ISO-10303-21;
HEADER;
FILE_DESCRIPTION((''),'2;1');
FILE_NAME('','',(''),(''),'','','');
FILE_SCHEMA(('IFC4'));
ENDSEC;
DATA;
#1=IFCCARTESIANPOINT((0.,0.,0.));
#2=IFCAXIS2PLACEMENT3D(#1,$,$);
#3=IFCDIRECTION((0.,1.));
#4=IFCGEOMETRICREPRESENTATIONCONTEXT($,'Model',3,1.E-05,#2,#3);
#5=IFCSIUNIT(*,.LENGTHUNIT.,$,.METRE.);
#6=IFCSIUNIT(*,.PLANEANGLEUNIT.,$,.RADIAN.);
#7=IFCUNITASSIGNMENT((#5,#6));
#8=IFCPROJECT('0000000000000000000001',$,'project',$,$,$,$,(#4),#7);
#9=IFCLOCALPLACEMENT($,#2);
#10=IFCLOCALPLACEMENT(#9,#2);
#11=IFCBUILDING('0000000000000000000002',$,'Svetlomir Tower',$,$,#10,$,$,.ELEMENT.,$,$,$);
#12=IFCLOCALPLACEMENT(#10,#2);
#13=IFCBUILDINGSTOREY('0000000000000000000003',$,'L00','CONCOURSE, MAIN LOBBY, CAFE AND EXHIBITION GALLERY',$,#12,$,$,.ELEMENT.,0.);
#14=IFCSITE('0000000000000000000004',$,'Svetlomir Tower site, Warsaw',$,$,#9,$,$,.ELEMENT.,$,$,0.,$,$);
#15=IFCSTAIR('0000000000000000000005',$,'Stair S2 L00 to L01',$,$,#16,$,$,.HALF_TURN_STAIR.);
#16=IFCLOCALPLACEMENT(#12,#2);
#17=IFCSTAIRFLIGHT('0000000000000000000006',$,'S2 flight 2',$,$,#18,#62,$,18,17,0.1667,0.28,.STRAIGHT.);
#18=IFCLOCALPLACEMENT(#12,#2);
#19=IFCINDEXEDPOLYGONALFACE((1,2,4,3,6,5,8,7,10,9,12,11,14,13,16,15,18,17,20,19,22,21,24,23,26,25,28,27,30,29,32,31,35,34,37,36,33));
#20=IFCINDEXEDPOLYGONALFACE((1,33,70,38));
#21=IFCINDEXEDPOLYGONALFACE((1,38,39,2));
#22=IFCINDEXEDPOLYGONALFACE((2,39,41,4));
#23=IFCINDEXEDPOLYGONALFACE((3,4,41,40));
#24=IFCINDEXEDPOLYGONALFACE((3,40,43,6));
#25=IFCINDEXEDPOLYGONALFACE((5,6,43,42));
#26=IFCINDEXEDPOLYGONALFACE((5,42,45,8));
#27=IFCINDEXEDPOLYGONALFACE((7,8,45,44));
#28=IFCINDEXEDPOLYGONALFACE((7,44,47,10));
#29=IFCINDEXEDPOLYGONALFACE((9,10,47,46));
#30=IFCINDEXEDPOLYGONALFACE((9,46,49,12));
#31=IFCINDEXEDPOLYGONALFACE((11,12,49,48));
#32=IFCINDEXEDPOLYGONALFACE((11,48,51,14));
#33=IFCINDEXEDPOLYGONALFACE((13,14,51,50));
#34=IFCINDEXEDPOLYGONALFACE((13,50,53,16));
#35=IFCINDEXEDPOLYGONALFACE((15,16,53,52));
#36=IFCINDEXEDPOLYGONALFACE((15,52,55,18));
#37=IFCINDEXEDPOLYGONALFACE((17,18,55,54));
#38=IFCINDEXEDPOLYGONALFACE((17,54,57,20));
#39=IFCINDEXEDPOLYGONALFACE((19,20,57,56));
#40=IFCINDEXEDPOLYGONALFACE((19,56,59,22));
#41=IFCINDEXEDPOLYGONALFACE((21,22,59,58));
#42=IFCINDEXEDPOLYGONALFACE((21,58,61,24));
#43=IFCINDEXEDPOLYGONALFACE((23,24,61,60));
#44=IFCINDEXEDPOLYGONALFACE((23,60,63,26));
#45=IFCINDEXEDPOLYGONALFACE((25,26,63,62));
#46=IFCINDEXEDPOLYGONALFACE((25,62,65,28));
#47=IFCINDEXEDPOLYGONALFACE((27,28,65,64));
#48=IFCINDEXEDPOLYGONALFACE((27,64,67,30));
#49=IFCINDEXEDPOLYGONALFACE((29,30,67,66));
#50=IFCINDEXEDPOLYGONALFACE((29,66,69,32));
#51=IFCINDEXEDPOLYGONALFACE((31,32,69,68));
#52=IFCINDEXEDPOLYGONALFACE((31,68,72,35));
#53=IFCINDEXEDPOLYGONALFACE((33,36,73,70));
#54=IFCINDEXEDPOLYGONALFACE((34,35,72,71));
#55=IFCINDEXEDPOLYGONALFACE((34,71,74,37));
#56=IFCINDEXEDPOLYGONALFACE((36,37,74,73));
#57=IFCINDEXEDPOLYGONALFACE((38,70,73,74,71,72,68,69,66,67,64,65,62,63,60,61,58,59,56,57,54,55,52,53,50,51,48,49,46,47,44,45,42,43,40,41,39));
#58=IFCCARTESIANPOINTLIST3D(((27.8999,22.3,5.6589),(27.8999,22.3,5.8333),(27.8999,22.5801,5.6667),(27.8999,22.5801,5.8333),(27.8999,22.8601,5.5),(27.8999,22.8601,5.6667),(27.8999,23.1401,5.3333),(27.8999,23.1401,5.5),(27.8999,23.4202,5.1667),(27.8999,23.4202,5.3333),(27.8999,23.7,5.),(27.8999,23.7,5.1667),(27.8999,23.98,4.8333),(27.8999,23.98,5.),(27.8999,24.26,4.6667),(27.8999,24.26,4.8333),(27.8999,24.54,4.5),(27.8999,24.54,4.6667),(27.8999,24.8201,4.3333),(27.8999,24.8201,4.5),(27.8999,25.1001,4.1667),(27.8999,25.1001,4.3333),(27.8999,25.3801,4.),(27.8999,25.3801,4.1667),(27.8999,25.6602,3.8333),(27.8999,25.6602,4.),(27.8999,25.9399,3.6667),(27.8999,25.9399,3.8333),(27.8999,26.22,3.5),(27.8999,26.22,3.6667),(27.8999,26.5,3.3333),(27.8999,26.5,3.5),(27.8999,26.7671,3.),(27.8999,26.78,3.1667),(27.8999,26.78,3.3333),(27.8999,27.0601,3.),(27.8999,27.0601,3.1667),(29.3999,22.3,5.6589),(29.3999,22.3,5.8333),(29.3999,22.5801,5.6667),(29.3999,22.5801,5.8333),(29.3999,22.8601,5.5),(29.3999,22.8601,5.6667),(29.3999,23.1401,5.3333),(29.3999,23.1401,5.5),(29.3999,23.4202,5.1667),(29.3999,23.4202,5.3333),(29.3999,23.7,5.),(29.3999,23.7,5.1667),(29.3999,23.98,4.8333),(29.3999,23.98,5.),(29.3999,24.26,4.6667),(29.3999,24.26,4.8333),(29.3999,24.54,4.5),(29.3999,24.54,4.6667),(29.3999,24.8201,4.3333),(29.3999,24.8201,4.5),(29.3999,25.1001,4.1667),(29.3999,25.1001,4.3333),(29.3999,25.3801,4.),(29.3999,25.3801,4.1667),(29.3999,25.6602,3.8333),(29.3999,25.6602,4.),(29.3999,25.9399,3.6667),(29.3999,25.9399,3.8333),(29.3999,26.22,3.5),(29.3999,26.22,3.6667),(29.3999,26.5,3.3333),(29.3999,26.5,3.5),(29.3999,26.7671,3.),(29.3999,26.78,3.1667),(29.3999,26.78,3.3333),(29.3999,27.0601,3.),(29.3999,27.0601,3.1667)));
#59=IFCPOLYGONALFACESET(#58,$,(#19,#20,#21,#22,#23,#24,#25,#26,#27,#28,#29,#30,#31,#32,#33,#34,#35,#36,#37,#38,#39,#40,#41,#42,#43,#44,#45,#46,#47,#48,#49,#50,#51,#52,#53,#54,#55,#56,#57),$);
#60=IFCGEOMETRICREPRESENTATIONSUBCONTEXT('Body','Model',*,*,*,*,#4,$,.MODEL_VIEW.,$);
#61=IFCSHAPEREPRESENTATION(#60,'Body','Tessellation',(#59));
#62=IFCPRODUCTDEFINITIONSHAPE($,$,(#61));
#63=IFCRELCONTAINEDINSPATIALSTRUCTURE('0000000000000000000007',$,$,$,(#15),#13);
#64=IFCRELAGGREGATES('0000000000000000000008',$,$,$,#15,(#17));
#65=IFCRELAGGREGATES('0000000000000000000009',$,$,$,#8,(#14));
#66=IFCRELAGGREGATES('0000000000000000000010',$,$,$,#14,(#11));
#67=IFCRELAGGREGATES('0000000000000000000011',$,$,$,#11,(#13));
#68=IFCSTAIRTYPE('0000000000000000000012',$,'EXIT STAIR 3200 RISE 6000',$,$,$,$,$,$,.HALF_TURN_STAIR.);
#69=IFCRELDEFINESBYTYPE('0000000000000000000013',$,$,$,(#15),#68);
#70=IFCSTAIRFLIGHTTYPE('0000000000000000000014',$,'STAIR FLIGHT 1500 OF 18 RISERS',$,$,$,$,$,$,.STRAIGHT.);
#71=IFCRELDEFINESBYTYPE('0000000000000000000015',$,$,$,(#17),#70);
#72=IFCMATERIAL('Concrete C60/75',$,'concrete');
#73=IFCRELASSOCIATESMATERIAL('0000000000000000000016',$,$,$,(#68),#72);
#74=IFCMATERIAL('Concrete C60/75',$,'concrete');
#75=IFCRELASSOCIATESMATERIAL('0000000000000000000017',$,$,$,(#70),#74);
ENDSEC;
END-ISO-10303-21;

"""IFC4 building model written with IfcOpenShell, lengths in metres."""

from ifc_helpers import new_model, si_unit, direction, frame, origin, place, context, subcontext, project, spatial, polyline, outline, extrude, material, type_object, element, aggregate, save


model = new_model("IFC4")

# Units and contexts
model_context = context("Model", 3, precision=1e-05, world=origin(), true_north=direction((0.0, 1.0)))
body_context = subcontext(model_context, "Body", "Model", "MODEL_VIEW")
ifc_project = project(units=[si_unit("LENGTHUNIT", "METRE"), si_unit("PLANEANGLEUNIT", "RADIAN")], contexts=[model_context])

# Site, building, storey
site_placement = place(None, origin())
site = spatial("IfcSite", under=ifc_project, at=site_placement, Name="Svetlomir Tower site, Warsaw", CompositionType="ELEMENT", RefElevation=0.0)
building_placement = place(site_placement, origin())
building = spatial("IfcBuilding", under=site, at=building_placement, Name="Svetlomir Tower", CompositionType="ELEMENT")
storey_placement = place(building_placement, origin())
storey = spatial("IfcBuildingStorey", under=building, at=storey_placement, Name="L00", Description="CONCOURSE, MAIN LOBBY, CAFE AND EXHIBITION GALLERY", CompositionType="ELEMENT", Elevation=0.0)

# Stair, stair flight
ifc_material_1 = material(Name="Concrete C60/75", Category="concrete")
stair_type = type_object("IfcStairType", Name="EXIT STAIR 3200 RISE 6000", PredefinedType="HALF_TURN_STAIR", material=ifc_material_1)
stair_placement = place(storey_placement, origin())
stair = element("IfcStair", 1, at=stair_placement, inside=storey, type_object=stair_type, Name="Stair S2 L00 to L01", PredefinedType="HALF_TURN_STAIR")
ifc_material_2 = material(Name="Concrete C60/75", Category="concrete")
stair_flight_type = type_object("IfcStairFlightType", Name="STAIR FLIGHT 1500 OF 18 RISERS", PredefinedType="STRAIGHT", material=ifc_material_2)
stair_flight_placement = place(storey_placement, frame((28.6499, 27.0601, 3.0), z_axis=(0.0, 0.0, 1.0), x_axis=(0.0, -1.0, 0.0)))
stair_flight = element("IfcStairFlight", 2, at=stair_flight_placement, type_object=stair_flight_type, Name="S2 flight 2", NumberOfRisers=18, NumberOfTreads=17, PredefinedType="STRAIGHT", RiserHeight=0.1667, TreadLength=0.28, context=body_context, shape_type="SweptSolid", body=[
    extrude(outline(polyline([(0.0, 0.0), (0.0, 0.1667), (0.28, 0.1667), (0.28, 0.3333), (0.5601, 0.3333), (0.5601, 0.5), (0.8401, 0.5), (0.8401, 0.6667), (1.1201, 0.6667), (1.1201, 0.8333), (1.3999, 0.8333), (1.3999, 1.0), (1.6799, 1.0), (1.6799, 1.1667), (1.96, 1.1667), (1.96, 1.3333), (2.24, 1.3333), (2.24, 1.5), (2.52, 1.5), (2.52, 1.6667), (2.8, 1.6667), (2.8, 1.8333), (3.0801, 1.8333), (3.0801, 2.0), (3.3601, 2.0), (3.3601, 2.1667), (3.6399, 2.1667), (3.6399, 2.3333), (3.9199, 2.3333), (3.9199, 2.5), (4.2, 2.5), (4.2, 2.6667), (4.48, 2.6667), (4.48, 2.8333), (4.76, 2.8333), (4.76, 3.0), (4.76, 2.6589), (0.293, 0.0), (0.0, 0.0)])), frame((0.0, 0.75, 0.0), z_axis=(0.0, -1.0, 0.0), x_axis=(1.0, 0.0, 0.0)), (0.0, 0.0, 1.0), 1.5),
])
aggregate(stair, [stair_flight])

save(model, "model.ifc")
